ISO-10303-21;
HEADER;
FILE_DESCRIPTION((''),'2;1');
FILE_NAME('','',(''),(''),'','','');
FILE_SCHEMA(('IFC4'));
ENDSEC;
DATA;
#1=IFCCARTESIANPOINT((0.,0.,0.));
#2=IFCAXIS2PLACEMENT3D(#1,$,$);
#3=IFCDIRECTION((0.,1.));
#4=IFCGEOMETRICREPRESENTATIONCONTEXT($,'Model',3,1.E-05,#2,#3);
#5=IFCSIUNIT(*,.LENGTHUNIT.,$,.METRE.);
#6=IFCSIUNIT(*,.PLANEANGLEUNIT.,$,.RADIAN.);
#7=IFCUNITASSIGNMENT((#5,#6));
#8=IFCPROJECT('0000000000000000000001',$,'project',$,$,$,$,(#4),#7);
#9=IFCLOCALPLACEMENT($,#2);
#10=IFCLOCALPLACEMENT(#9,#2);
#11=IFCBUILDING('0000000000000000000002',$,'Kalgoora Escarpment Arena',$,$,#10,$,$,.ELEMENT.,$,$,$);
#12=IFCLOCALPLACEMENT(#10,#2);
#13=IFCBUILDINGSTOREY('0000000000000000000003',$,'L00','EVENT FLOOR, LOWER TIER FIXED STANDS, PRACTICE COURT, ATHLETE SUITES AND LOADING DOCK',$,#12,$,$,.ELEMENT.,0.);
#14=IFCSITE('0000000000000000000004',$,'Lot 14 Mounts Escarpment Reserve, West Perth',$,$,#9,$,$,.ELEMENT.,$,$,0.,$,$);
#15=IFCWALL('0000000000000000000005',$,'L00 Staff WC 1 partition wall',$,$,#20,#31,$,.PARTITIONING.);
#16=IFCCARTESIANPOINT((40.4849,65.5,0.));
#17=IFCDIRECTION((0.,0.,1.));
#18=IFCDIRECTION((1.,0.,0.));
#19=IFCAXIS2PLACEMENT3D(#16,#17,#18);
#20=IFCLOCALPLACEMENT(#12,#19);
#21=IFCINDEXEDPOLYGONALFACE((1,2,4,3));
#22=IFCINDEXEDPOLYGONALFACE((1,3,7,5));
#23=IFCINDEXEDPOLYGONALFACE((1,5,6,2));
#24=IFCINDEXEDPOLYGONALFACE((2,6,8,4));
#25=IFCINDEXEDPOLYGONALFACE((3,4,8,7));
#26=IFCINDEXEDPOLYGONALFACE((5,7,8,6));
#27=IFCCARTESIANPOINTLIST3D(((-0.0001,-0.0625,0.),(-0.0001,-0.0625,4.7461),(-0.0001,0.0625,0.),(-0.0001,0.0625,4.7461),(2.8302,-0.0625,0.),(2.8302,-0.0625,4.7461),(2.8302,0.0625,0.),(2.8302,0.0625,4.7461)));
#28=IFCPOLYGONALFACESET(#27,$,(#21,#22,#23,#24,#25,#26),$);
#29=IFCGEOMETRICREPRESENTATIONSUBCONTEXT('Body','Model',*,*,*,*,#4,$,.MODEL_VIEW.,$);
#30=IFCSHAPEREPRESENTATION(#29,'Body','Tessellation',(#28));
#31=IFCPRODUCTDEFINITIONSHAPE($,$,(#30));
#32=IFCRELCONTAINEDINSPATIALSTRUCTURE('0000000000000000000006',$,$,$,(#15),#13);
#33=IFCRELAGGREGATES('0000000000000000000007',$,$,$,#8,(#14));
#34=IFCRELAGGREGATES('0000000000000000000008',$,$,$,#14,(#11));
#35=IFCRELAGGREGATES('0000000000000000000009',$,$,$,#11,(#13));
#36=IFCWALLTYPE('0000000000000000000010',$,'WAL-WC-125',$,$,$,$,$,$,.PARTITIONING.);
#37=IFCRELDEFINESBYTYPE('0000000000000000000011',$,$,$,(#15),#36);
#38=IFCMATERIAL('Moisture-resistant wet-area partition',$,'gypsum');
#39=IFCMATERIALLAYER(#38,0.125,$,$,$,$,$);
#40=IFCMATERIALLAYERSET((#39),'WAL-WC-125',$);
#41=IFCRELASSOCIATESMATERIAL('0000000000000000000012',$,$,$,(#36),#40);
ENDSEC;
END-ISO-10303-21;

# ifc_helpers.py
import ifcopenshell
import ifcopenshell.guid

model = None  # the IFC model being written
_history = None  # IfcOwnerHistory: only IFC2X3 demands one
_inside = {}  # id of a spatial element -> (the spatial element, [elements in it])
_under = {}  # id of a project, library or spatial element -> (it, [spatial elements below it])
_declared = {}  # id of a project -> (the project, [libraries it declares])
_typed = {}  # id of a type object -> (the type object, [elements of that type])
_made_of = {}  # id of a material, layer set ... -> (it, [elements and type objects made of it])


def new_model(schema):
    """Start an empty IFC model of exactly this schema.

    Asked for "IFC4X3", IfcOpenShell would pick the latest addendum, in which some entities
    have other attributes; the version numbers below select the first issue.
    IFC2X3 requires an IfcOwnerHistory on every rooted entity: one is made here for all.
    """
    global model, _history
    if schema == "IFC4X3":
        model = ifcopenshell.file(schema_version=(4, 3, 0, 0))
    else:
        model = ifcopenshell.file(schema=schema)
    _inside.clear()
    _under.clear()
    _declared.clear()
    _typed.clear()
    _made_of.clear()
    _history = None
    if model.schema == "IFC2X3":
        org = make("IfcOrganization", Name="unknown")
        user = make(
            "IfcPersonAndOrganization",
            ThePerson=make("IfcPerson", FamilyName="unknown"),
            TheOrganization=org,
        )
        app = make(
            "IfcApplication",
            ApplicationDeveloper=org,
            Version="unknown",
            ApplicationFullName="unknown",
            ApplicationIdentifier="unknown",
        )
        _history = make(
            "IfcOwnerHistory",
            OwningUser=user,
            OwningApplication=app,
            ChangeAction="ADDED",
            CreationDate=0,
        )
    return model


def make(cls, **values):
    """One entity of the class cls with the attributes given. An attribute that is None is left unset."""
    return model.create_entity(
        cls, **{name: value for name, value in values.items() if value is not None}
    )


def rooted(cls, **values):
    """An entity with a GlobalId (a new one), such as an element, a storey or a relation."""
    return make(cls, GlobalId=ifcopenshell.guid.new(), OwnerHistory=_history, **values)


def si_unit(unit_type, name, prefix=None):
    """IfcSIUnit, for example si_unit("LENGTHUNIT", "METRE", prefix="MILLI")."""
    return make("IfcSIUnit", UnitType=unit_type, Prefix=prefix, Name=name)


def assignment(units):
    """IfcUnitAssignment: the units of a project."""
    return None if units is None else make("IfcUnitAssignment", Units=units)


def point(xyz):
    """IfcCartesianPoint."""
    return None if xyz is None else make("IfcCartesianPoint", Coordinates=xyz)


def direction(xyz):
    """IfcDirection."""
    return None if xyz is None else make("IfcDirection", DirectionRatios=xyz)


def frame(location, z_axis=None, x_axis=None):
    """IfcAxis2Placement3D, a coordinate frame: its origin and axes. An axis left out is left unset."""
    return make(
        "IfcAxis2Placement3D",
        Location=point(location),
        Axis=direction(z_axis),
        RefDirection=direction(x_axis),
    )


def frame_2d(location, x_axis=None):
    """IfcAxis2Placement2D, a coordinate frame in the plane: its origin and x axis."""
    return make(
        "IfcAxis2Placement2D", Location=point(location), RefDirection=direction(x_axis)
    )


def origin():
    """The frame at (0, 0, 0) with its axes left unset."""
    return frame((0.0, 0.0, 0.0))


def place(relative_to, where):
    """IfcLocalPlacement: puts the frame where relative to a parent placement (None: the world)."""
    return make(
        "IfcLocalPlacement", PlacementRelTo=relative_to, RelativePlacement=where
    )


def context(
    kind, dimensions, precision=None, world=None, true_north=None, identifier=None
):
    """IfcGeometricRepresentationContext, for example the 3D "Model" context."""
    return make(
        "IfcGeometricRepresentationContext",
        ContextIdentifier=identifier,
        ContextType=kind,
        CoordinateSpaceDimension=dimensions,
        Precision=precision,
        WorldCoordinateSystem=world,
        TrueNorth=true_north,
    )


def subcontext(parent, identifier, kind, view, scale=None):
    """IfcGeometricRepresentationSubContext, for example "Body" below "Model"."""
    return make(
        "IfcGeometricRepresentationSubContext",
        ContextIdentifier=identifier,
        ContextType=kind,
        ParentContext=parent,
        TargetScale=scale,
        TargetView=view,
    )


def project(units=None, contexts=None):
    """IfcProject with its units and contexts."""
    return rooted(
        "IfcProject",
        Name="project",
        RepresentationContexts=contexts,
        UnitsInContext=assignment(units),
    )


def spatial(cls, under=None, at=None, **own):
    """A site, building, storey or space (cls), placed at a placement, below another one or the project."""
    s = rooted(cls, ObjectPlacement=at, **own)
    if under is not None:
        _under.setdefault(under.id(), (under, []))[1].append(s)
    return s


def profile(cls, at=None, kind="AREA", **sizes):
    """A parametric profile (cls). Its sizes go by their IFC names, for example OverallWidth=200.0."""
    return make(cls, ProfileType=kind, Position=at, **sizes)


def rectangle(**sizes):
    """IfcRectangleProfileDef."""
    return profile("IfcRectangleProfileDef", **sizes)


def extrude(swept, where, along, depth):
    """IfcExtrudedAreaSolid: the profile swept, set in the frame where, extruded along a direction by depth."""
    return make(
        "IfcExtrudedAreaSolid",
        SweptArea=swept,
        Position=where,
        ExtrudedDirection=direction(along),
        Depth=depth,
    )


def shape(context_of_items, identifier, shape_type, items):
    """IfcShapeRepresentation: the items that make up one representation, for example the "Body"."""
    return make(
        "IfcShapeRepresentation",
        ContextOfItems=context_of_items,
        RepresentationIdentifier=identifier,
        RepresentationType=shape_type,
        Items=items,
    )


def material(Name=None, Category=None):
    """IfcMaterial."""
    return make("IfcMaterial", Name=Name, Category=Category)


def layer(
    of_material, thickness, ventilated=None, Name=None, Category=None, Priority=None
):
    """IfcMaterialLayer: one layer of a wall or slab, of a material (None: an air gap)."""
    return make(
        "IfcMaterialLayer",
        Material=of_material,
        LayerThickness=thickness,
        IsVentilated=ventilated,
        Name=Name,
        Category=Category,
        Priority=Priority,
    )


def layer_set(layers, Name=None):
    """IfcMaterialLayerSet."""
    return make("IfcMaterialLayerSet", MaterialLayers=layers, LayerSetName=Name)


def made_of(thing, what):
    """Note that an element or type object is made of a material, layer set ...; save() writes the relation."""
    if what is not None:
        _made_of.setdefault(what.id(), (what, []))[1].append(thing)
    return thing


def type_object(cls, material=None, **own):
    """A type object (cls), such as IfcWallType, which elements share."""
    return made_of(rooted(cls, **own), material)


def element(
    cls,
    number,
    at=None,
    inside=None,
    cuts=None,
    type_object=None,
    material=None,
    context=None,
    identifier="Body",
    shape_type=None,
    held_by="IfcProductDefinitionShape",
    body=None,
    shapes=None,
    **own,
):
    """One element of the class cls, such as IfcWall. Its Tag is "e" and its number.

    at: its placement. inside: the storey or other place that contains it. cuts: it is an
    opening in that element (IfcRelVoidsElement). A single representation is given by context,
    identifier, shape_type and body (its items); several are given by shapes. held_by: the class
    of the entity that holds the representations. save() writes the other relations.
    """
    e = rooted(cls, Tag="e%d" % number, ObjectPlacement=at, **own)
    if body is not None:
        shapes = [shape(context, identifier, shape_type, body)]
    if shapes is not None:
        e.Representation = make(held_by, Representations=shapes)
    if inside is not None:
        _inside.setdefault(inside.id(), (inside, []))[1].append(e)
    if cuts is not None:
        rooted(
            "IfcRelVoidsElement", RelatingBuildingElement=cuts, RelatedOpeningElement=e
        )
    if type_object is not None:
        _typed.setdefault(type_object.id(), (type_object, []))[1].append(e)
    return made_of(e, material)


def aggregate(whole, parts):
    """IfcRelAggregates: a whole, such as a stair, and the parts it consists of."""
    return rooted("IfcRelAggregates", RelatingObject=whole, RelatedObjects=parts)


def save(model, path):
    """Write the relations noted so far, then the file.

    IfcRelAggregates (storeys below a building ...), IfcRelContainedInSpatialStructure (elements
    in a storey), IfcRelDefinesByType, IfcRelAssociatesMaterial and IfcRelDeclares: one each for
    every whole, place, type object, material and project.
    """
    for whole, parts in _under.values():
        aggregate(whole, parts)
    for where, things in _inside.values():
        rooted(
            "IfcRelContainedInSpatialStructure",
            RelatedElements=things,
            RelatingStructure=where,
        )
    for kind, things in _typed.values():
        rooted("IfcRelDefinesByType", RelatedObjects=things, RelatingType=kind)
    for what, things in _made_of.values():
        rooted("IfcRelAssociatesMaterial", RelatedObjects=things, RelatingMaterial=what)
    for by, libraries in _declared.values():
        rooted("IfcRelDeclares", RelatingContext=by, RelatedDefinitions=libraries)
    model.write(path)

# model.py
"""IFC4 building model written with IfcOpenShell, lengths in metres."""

from ifc_helpers import new_model, si_unit, direction, frame, frame_2d, origin, place, context, subcontext, project, spatial, rectangle, extrude, material, layer, layer_set, type_object, element, save


model = new_model("IFC4")

# Units and contexts
model_context = context("Model", 3, precision=1e-05, world=origin(), true_north=direction((0.0, 1.0)))
body_context = subcontext(model_context, "Body", "Model", "MODEL_VIEW")
ifc_project = project(units=[si_unit("LENGTHUNIT", "METRE"), si_unit("PLANEANGLEUNIT", "RADIAN")], contexts=[model_context])

# Site, building, storey
site_placement = place(None, origin())
site = spatial("IfcSite", under=ifc_project, at=site_placement, Name="Lot 14 Mounts Escarpment Reserve, West Perth", CompositionType="ELEMENT", RefElevation=0.0)
building_placement = place(site_placement, origin())
building = spatial("IfcBuilding", under=site, at=building_placement, Name="Kalgoora Escarpment Arena", CompositionType="ELEMENT")
storey_placement = place(building_placement, origin())
storey = spatial("IfcBuildingStorey", under=building, at=storey_placement, Name="L00", Description="EVENT FLOOR, LOWER TIER FIXED STANDS, PRACTICE COURT, ATHLETE SUITES AND LOADING DOCK", CompositionType="ELEMENT", Elevation=0.0)

# Shared definitions
ifc_material_1 = material(Name="Moisture-resistant wet-area partition", Category="gypsum")
ifc_layer = layer(ifc_material_1, 0.125)
ifc_layer_set = layer_set([ifc_layer], Name="WAL-WC-125")
wall_type = type_object("IfcWallType", Name="WAL-WC-125", PredefinedType="PARTITIONING", material=ifc_layer_set)

# Wall
for number, where, z_axis, x_axis, name in (
    (1, (40.4849, 65.5, 0.0), (0.0, 0.0, 1.0), (1.0, 0.0, 0.0), "L00 Staff WC 1 partition wall"),
):
    element("IfcWall", number, at=place(storey_placement, frame(where, z_axis=z_axis, x_axis=x_axis)), inside=storey, type_object=wall_type, Name=name, PredefinedType="PARTITIONING", context=body_context, shape_type="SweptSolid", body=[
        extrude(rectangle(XDim=2.8303, YDim=0.125, at=frame_2d((1.415, 0.0))), origin(), (0.0, 0.0, 1.0), 4.7461),
    ])

save(model, "model.ifc")
